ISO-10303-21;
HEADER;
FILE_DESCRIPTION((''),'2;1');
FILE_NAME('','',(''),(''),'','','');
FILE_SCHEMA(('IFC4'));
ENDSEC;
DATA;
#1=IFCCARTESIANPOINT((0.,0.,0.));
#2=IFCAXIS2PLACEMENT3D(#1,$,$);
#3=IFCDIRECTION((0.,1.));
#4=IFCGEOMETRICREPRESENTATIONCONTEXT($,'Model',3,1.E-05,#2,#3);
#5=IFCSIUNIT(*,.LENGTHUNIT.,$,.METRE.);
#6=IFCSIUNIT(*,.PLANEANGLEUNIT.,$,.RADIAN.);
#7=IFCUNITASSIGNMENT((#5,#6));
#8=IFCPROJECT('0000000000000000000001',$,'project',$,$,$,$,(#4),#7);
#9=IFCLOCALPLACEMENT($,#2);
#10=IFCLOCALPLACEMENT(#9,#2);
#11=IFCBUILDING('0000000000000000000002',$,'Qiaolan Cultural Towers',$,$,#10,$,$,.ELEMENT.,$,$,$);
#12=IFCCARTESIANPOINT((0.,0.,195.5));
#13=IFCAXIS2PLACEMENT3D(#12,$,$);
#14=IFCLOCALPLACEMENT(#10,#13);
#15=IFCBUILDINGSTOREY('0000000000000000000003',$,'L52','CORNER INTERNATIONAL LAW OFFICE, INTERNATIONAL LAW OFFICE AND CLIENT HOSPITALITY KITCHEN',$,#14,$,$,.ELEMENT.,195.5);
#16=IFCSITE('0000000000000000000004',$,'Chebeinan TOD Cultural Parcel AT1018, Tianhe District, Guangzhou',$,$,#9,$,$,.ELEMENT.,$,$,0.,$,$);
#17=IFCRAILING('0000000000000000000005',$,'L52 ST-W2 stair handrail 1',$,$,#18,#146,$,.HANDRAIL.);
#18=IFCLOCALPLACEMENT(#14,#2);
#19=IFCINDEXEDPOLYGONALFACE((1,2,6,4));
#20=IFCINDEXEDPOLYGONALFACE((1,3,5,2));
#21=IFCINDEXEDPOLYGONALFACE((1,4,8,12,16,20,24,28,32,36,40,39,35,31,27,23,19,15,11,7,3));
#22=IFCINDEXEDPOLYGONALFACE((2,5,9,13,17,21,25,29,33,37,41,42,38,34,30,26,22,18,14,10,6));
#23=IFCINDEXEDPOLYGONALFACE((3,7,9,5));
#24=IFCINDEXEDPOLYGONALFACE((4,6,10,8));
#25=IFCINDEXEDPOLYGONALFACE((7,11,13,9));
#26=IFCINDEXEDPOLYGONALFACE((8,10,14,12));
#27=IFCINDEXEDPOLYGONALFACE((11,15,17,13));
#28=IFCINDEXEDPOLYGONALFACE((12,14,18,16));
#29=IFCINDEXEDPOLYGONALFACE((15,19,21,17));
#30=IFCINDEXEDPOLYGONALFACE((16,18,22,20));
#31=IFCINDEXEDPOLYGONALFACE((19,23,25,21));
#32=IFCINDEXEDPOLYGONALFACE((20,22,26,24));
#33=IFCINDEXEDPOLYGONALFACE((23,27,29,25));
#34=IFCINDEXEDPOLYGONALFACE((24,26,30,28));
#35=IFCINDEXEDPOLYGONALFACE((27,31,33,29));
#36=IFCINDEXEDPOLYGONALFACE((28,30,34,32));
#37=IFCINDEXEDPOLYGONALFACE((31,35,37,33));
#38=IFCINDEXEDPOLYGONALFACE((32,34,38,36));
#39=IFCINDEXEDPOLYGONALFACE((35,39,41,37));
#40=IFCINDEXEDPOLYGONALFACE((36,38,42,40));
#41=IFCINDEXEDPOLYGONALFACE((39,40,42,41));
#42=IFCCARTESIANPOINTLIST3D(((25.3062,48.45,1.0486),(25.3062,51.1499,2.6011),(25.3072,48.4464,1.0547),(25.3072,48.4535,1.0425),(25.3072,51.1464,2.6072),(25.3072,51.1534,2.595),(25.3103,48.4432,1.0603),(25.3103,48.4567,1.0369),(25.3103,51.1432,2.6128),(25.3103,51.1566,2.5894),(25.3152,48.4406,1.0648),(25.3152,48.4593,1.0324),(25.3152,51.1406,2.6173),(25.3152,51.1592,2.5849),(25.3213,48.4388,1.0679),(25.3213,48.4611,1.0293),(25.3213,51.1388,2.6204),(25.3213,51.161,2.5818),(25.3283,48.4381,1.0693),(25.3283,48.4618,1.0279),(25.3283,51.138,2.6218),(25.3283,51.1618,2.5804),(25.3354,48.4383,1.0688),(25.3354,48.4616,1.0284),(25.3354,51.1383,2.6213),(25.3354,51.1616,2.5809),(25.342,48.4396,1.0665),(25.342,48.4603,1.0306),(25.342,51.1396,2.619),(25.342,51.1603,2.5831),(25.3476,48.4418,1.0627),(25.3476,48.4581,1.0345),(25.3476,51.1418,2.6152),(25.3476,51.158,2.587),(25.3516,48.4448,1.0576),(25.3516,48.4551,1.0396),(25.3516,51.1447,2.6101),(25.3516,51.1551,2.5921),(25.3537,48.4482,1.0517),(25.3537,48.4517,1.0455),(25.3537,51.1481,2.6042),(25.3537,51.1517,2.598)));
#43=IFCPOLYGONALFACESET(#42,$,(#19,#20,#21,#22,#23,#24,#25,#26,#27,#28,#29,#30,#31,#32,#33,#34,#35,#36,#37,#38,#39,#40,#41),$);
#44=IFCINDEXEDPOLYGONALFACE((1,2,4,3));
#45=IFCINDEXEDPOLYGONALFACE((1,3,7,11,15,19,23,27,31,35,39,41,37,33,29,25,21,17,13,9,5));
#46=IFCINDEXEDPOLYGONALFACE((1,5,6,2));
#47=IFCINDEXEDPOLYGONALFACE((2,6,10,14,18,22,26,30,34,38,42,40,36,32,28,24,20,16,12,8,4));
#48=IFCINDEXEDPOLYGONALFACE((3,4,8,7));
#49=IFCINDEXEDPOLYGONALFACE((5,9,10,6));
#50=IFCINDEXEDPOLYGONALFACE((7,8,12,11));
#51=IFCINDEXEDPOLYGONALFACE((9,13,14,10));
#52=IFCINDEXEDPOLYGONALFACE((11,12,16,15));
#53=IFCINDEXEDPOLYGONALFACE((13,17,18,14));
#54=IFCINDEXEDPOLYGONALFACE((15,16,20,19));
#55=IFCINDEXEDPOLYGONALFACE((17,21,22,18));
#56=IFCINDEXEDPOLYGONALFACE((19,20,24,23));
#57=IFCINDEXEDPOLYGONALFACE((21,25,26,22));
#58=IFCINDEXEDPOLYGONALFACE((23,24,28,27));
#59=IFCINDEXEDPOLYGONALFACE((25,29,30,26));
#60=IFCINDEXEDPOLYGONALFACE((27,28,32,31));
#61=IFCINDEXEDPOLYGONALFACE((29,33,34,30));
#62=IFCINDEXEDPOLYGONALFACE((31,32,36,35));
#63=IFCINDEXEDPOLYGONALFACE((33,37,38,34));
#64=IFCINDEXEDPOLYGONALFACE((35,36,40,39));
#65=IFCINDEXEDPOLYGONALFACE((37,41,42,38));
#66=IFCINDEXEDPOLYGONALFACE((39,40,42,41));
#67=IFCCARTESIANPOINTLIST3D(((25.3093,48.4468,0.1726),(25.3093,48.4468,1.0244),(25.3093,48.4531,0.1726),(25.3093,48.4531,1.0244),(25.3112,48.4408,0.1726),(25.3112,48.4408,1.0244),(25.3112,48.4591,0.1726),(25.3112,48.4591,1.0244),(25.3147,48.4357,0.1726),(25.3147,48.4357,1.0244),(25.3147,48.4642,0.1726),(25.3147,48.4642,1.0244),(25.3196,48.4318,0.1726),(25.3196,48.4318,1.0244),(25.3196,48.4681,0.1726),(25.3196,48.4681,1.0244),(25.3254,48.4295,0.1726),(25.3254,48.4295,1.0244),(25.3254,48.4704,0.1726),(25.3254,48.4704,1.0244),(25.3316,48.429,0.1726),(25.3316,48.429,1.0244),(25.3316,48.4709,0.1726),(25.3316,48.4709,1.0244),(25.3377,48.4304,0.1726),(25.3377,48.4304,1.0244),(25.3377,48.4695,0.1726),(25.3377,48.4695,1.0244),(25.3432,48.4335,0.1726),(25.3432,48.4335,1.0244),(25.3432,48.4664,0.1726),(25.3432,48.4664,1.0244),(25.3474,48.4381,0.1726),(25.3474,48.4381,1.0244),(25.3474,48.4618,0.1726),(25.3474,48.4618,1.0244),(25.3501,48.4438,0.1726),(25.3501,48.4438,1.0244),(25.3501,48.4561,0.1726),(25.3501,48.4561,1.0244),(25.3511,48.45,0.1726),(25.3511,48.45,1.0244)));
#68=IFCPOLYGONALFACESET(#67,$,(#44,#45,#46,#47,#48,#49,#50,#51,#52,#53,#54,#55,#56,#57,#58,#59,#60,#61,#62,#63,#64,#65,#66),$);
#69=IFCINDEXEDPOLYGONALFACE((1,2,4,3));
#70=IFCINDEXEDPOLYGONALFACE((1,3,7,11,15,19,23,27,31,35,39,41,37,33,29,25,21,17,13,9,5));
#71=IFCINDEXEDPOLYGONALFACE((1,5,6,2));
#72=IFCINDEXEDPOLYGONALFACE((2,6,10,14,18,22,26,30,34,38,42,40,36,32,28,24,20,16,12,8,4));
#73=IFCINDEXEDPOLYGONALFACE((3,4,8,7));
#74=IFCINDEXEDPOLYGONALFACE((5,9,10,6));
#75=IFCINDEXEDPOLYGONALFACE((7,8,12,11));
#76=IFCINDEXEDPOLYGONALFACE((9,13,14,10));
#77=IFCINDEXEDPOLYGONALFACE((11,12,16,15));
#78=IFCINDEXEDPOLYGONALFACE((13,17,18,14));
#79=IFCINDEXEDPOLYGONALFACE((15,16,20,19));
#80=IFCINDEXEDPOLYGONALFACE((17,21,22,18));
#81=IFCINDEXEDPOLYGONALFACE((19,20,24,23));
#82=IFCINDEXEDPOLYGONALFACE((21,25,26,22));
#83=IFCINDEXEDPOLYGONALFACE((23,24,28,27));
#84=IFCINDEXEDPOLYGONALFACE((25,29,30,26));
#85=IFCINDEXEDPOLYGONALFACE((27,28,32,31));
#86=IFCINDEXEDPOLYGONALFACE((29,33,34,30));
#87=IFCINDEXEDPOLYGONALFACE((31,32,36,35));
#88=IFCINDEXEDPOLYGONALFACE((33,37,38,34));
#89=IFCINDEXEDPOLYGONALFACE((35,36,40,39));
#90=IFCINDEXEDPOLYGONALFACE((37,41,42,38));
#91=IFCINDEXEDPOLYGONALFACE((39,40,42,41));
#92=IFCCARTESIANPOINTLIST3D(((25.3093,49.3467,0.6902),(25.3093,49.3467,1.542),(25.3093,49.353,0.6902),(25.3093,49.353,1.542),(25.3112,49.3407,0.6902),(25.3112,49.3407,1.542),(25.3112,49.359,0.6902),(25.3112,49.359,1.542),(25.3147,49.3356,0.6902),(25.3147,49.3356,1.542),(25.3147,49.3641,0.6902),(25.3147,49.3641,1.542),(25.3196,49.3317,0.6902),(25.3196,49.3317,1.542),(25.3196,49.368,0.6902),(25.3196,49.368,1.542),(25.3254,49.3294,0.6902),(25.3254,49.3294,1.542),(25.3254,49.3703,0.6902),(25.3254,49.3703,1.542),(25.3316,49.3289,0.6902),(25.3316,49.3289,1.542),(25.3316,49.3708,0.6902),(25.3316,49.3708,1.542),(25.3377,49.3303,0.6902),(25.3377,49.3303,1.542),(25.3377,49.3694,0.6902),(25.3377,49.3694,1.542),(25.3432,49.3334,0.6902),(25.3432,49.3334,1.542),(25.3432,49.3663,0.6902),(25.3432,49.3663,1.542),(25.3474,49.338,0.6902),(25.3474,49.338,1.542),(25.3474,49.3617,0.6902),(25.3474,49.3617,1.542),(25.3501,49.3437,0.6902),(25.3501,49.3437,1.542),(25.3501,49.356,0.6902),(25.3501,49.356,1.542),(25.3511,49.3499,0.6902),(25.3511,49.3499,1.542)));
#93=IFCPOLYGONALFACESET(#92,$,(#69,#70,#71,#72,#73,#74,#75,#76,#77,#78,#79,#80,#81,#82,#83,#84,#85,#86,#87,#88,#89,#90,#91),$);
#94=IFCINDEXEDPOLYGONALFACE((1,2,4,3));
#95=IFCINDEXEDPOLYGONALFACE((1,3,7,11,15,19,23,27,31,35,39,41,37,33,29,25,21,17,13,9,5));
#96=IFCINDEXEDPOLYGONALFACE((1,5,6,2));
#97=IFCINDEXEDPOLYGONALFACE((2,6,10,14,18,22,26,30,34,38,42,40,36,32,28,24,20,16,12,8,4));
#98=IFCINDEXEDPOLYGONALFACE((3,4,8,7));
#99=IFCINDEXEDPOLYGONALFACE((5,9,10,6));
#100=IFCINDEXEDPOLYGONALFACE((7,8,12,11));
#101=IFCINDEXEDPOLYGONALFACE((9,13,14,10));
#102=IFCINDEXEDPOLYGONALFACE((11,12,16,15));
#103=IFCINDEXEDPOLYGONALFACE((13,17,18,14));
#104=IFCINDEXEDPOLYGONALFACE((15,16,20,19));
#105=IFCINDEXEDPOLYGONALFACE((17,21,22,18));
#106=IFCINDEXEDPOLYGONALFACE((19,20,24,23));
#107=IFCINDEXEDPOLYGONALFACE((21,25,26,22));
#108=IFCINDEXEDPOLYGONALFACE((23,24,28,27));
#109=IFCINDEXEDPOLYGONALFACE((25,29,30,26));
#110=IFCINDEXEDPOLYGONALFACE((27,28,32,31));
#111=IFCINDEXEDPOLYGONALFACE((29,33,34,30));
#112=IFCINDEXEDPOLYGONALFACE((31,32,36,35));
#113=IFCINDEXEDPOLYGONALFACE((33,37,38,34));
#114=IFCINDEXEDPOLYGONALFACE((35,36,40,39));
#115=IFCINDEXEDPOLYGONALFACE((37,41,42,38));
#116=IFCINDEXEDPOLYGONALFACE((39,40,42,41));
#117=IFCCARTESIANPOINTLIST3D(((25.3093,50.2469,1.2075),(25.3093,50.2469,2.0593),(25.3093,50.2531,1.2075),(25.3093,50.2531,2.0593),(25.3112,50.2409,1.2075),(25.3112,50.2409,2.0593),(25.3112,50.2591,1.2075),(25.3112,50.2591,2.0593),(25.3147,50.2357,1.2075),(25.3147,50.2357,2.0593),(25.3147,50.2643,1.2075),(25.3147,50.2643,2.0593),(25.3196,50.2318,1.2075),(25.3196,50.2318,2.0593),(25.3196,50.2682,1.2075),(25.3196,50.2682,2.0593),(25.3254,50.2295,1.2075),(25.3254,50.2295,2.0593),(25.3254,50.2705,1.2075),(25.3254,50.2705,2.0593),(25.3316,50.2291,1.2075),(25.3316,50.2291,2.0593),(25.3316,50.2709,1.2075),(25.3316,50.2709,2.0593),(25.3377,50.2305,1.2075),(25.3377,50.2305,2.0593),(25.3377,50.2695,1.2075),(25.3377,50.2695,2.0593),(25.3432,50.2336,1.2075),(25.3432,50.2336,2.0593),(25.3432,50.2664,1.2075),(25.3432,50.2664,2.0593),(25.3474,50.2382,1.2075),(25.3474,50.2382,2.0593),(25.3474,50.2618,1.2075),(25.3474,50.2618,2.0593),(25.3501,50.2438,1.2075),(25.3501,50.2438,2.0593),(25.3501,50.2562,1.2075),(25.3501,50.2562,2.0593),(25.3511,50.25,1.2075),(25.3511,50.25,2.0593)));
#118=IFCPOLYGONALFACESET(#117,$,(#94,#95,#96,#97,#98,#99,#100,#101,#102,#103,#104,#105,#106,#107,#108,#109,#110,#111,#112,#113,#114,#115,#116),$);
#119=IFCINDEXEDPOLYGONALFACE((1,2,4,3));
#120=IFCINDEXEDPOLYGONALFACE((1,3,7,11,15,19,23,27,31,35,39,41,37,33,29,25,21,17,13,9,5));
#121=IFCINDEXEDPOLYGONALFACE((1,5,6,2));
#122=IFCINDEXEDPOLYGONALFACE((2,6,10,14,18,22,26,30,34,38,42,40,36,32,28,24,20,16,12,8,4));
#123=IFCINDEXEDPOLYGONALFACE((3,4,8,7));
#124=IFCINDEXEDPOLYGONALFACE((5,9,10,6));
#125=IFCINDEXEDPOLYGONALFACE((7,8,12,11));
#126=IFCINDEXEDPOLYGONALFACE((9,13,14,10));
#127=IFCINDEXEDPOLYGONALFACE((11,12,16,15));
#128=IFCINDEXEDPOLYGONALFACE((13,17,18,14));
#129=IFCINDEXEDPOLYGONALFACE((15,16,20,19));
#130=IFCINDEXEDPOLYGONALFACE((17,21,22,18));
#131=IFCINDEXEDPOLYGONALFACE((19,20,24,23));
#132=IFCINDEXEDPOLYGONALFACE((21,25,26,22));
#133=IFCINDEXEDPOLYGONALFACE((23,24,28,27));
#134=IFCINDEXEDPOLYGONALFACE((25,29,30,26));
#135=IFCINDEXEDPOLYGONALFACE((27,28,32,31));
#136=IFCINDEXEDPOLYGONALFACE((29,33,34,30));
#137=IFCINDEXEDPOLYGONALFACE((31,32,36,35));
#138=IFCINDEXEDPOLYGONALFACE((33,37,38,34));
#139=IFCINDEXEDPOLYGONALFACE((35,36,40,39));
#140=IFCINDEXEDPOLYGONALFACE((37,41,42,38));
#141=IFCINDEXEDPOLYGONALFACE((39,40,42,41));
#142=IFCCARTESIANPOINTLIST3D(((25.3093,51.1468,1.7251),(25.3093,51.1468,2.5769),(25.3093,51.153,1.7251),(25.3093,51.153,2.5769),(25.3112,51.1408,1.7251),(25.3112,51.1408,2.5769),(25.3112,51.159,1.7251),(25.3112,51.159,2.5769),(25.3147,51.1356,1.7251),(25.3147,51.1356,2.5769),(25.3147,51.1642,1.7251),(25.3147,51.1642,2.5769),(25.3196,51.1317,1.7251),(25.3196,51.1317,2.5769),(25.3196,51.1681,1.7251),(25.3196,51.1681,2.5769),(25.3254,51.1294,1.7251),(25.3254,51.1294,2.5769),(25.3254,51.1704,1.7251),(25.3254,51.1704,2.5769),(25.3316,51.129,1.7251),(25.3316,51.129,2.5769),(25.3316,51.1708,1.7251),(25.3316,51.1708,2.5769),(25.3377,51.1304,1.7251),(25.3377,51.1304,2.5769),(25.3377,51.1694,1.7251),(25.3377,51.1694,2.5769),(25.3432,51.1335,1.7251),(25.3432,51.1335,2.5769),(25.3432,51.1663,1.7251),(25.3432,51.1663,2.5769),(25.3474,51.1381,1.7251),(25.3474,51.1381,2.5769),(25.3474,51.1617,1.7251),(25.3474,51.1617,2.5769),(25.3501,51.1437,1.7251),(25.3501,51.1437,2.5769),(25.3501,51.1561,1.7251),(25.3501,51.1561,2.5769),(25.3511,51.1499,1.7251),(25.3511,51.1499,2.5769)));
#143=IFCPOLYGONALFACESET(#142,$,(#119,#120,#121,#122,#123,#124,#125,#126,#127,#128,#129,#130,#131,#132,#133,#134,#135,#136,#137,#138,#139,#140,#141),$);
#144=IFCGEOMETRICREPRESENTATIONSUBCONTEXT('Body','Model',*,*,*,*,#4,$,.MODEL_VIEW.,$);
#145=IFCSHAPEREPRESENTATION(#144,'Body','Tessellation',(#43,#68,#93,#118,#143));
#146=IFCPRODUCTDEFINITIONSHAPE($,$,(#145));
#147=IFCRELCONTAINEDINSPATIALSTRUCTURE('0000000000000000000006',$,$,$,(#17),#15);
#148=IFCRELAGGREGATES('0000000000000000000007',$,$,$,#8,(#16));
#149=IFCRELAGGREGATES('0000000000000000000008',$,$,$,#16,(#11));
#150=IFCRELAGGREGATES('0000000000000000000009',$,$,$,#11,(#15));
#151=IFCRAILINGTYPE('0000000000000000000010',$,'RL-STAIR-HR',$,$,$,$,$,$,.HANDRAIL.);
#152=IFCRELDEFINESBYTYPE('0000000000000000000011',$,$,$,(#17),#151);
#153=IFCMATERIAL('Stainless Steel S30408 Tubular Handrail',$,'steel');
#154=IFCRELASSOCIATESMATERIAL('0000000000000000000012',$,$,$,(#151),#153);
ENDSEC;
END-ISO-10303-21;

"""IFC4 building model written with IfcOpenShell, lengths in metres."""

from ifc_helpers import new_model, si_unit, direction, frame, origin, origin_2d, place, context, subcontext, project, spatial, circle, extrude, material, type_object, element, save


model = new_model("IFC4")

# Units and contexts
model_context = context("Model", 3, precision=1e-05, world=origin(), true_north=direction((0.0, 1.0)))
body_context = subcontext(model_context, "Body", "Model", "MODEL_VIEW")
ifc_project = project(units=[si_unit("LENGTHUNIT", "METRE"), si_unit("PLANEANGLEUNIT", "RADIAN")], contexts=[model_context])

# Site, building, storey
site_placement = place(None, origin())
site = spatial("IfcSite", under=ifc_project, at=site_placement, Name="Chebeinan TOD Cultural Parcel AT1018, Tianhe District, Guangzhou", CompositionType="ELEMENT", RefElevation=0.0)
building_placement = place(site_placement, origin())
building = spatial("IfcBuilding", under=site, at=building_placement, Name="Qiaolan Cultural Towers", CompositionType="ELEMENT")
storey_placement = place(building_placement, frame((0.0, 0.0, 195.5)))
storey = spatial("IfcBuildingStorey", under=building, at=storey_placement, Name="L52", Description="CORNER INTERNATIONAL LAW OFFICE, INTERNATIONAL LAW OFFICE AND CLIENT HOSPITALITY KITCHEN", CompositionType="ELEMENT", Elevation=195.5)

# Railing
ifc_material_1 = material(Name="Stainless Steel S30408 Tubular Handrail", Category="steel")
railing_type_1 = type_object("IfcRailingType", Name="RL-STAIR-HR", PredefinedType="HANDRAIL", material=ifc_material_1)
railing_1_placement = place(storey_placement, frame((25.3301, 48.45, 0.1726)))
element("IfcRailing", 1, at=railing_1_placement, inside=storey, type_object=railing_type_1, Name="L52 ST-W2 stair handrail 1", PredefinedType="HANDRAIL", context=body_context, shape_type="SweptSolid", body=[
    extrude(circle(Radius=0.0239, at=origin_2d()), frame((0.0, 0.0, 0.876), z_axis=(0.0, 0.866904, 0.498476), x_axis=(-1.0, 0.0, 0.0)), (0.0, 0.0, 1.0), 3.1145),
    extrude(circle(Radius=0.021, at=origin_2d()), origin(), (0.0, 0.0, 1.0), 0.8518),
    extrude(circle(Radius=0.021, at=origin_2d()), frame((0.0, 0.8999, 0.5176)), (0.0, 0.0, 1.0), 0.8518),
    extrude(circle(Radius=0.021, at=origin_2d()), frame((0.0, 1.8, 1.0349)), (0.0, 0.0, 1.0), 0.8518),
    extrude(circle(Radius=0.021, at=origin_2d()), frame((0.0, 2.7, 1.5525)), (0.0, 0.0, 1.0), 0.8518),
])

save(model, "model.ifc")
